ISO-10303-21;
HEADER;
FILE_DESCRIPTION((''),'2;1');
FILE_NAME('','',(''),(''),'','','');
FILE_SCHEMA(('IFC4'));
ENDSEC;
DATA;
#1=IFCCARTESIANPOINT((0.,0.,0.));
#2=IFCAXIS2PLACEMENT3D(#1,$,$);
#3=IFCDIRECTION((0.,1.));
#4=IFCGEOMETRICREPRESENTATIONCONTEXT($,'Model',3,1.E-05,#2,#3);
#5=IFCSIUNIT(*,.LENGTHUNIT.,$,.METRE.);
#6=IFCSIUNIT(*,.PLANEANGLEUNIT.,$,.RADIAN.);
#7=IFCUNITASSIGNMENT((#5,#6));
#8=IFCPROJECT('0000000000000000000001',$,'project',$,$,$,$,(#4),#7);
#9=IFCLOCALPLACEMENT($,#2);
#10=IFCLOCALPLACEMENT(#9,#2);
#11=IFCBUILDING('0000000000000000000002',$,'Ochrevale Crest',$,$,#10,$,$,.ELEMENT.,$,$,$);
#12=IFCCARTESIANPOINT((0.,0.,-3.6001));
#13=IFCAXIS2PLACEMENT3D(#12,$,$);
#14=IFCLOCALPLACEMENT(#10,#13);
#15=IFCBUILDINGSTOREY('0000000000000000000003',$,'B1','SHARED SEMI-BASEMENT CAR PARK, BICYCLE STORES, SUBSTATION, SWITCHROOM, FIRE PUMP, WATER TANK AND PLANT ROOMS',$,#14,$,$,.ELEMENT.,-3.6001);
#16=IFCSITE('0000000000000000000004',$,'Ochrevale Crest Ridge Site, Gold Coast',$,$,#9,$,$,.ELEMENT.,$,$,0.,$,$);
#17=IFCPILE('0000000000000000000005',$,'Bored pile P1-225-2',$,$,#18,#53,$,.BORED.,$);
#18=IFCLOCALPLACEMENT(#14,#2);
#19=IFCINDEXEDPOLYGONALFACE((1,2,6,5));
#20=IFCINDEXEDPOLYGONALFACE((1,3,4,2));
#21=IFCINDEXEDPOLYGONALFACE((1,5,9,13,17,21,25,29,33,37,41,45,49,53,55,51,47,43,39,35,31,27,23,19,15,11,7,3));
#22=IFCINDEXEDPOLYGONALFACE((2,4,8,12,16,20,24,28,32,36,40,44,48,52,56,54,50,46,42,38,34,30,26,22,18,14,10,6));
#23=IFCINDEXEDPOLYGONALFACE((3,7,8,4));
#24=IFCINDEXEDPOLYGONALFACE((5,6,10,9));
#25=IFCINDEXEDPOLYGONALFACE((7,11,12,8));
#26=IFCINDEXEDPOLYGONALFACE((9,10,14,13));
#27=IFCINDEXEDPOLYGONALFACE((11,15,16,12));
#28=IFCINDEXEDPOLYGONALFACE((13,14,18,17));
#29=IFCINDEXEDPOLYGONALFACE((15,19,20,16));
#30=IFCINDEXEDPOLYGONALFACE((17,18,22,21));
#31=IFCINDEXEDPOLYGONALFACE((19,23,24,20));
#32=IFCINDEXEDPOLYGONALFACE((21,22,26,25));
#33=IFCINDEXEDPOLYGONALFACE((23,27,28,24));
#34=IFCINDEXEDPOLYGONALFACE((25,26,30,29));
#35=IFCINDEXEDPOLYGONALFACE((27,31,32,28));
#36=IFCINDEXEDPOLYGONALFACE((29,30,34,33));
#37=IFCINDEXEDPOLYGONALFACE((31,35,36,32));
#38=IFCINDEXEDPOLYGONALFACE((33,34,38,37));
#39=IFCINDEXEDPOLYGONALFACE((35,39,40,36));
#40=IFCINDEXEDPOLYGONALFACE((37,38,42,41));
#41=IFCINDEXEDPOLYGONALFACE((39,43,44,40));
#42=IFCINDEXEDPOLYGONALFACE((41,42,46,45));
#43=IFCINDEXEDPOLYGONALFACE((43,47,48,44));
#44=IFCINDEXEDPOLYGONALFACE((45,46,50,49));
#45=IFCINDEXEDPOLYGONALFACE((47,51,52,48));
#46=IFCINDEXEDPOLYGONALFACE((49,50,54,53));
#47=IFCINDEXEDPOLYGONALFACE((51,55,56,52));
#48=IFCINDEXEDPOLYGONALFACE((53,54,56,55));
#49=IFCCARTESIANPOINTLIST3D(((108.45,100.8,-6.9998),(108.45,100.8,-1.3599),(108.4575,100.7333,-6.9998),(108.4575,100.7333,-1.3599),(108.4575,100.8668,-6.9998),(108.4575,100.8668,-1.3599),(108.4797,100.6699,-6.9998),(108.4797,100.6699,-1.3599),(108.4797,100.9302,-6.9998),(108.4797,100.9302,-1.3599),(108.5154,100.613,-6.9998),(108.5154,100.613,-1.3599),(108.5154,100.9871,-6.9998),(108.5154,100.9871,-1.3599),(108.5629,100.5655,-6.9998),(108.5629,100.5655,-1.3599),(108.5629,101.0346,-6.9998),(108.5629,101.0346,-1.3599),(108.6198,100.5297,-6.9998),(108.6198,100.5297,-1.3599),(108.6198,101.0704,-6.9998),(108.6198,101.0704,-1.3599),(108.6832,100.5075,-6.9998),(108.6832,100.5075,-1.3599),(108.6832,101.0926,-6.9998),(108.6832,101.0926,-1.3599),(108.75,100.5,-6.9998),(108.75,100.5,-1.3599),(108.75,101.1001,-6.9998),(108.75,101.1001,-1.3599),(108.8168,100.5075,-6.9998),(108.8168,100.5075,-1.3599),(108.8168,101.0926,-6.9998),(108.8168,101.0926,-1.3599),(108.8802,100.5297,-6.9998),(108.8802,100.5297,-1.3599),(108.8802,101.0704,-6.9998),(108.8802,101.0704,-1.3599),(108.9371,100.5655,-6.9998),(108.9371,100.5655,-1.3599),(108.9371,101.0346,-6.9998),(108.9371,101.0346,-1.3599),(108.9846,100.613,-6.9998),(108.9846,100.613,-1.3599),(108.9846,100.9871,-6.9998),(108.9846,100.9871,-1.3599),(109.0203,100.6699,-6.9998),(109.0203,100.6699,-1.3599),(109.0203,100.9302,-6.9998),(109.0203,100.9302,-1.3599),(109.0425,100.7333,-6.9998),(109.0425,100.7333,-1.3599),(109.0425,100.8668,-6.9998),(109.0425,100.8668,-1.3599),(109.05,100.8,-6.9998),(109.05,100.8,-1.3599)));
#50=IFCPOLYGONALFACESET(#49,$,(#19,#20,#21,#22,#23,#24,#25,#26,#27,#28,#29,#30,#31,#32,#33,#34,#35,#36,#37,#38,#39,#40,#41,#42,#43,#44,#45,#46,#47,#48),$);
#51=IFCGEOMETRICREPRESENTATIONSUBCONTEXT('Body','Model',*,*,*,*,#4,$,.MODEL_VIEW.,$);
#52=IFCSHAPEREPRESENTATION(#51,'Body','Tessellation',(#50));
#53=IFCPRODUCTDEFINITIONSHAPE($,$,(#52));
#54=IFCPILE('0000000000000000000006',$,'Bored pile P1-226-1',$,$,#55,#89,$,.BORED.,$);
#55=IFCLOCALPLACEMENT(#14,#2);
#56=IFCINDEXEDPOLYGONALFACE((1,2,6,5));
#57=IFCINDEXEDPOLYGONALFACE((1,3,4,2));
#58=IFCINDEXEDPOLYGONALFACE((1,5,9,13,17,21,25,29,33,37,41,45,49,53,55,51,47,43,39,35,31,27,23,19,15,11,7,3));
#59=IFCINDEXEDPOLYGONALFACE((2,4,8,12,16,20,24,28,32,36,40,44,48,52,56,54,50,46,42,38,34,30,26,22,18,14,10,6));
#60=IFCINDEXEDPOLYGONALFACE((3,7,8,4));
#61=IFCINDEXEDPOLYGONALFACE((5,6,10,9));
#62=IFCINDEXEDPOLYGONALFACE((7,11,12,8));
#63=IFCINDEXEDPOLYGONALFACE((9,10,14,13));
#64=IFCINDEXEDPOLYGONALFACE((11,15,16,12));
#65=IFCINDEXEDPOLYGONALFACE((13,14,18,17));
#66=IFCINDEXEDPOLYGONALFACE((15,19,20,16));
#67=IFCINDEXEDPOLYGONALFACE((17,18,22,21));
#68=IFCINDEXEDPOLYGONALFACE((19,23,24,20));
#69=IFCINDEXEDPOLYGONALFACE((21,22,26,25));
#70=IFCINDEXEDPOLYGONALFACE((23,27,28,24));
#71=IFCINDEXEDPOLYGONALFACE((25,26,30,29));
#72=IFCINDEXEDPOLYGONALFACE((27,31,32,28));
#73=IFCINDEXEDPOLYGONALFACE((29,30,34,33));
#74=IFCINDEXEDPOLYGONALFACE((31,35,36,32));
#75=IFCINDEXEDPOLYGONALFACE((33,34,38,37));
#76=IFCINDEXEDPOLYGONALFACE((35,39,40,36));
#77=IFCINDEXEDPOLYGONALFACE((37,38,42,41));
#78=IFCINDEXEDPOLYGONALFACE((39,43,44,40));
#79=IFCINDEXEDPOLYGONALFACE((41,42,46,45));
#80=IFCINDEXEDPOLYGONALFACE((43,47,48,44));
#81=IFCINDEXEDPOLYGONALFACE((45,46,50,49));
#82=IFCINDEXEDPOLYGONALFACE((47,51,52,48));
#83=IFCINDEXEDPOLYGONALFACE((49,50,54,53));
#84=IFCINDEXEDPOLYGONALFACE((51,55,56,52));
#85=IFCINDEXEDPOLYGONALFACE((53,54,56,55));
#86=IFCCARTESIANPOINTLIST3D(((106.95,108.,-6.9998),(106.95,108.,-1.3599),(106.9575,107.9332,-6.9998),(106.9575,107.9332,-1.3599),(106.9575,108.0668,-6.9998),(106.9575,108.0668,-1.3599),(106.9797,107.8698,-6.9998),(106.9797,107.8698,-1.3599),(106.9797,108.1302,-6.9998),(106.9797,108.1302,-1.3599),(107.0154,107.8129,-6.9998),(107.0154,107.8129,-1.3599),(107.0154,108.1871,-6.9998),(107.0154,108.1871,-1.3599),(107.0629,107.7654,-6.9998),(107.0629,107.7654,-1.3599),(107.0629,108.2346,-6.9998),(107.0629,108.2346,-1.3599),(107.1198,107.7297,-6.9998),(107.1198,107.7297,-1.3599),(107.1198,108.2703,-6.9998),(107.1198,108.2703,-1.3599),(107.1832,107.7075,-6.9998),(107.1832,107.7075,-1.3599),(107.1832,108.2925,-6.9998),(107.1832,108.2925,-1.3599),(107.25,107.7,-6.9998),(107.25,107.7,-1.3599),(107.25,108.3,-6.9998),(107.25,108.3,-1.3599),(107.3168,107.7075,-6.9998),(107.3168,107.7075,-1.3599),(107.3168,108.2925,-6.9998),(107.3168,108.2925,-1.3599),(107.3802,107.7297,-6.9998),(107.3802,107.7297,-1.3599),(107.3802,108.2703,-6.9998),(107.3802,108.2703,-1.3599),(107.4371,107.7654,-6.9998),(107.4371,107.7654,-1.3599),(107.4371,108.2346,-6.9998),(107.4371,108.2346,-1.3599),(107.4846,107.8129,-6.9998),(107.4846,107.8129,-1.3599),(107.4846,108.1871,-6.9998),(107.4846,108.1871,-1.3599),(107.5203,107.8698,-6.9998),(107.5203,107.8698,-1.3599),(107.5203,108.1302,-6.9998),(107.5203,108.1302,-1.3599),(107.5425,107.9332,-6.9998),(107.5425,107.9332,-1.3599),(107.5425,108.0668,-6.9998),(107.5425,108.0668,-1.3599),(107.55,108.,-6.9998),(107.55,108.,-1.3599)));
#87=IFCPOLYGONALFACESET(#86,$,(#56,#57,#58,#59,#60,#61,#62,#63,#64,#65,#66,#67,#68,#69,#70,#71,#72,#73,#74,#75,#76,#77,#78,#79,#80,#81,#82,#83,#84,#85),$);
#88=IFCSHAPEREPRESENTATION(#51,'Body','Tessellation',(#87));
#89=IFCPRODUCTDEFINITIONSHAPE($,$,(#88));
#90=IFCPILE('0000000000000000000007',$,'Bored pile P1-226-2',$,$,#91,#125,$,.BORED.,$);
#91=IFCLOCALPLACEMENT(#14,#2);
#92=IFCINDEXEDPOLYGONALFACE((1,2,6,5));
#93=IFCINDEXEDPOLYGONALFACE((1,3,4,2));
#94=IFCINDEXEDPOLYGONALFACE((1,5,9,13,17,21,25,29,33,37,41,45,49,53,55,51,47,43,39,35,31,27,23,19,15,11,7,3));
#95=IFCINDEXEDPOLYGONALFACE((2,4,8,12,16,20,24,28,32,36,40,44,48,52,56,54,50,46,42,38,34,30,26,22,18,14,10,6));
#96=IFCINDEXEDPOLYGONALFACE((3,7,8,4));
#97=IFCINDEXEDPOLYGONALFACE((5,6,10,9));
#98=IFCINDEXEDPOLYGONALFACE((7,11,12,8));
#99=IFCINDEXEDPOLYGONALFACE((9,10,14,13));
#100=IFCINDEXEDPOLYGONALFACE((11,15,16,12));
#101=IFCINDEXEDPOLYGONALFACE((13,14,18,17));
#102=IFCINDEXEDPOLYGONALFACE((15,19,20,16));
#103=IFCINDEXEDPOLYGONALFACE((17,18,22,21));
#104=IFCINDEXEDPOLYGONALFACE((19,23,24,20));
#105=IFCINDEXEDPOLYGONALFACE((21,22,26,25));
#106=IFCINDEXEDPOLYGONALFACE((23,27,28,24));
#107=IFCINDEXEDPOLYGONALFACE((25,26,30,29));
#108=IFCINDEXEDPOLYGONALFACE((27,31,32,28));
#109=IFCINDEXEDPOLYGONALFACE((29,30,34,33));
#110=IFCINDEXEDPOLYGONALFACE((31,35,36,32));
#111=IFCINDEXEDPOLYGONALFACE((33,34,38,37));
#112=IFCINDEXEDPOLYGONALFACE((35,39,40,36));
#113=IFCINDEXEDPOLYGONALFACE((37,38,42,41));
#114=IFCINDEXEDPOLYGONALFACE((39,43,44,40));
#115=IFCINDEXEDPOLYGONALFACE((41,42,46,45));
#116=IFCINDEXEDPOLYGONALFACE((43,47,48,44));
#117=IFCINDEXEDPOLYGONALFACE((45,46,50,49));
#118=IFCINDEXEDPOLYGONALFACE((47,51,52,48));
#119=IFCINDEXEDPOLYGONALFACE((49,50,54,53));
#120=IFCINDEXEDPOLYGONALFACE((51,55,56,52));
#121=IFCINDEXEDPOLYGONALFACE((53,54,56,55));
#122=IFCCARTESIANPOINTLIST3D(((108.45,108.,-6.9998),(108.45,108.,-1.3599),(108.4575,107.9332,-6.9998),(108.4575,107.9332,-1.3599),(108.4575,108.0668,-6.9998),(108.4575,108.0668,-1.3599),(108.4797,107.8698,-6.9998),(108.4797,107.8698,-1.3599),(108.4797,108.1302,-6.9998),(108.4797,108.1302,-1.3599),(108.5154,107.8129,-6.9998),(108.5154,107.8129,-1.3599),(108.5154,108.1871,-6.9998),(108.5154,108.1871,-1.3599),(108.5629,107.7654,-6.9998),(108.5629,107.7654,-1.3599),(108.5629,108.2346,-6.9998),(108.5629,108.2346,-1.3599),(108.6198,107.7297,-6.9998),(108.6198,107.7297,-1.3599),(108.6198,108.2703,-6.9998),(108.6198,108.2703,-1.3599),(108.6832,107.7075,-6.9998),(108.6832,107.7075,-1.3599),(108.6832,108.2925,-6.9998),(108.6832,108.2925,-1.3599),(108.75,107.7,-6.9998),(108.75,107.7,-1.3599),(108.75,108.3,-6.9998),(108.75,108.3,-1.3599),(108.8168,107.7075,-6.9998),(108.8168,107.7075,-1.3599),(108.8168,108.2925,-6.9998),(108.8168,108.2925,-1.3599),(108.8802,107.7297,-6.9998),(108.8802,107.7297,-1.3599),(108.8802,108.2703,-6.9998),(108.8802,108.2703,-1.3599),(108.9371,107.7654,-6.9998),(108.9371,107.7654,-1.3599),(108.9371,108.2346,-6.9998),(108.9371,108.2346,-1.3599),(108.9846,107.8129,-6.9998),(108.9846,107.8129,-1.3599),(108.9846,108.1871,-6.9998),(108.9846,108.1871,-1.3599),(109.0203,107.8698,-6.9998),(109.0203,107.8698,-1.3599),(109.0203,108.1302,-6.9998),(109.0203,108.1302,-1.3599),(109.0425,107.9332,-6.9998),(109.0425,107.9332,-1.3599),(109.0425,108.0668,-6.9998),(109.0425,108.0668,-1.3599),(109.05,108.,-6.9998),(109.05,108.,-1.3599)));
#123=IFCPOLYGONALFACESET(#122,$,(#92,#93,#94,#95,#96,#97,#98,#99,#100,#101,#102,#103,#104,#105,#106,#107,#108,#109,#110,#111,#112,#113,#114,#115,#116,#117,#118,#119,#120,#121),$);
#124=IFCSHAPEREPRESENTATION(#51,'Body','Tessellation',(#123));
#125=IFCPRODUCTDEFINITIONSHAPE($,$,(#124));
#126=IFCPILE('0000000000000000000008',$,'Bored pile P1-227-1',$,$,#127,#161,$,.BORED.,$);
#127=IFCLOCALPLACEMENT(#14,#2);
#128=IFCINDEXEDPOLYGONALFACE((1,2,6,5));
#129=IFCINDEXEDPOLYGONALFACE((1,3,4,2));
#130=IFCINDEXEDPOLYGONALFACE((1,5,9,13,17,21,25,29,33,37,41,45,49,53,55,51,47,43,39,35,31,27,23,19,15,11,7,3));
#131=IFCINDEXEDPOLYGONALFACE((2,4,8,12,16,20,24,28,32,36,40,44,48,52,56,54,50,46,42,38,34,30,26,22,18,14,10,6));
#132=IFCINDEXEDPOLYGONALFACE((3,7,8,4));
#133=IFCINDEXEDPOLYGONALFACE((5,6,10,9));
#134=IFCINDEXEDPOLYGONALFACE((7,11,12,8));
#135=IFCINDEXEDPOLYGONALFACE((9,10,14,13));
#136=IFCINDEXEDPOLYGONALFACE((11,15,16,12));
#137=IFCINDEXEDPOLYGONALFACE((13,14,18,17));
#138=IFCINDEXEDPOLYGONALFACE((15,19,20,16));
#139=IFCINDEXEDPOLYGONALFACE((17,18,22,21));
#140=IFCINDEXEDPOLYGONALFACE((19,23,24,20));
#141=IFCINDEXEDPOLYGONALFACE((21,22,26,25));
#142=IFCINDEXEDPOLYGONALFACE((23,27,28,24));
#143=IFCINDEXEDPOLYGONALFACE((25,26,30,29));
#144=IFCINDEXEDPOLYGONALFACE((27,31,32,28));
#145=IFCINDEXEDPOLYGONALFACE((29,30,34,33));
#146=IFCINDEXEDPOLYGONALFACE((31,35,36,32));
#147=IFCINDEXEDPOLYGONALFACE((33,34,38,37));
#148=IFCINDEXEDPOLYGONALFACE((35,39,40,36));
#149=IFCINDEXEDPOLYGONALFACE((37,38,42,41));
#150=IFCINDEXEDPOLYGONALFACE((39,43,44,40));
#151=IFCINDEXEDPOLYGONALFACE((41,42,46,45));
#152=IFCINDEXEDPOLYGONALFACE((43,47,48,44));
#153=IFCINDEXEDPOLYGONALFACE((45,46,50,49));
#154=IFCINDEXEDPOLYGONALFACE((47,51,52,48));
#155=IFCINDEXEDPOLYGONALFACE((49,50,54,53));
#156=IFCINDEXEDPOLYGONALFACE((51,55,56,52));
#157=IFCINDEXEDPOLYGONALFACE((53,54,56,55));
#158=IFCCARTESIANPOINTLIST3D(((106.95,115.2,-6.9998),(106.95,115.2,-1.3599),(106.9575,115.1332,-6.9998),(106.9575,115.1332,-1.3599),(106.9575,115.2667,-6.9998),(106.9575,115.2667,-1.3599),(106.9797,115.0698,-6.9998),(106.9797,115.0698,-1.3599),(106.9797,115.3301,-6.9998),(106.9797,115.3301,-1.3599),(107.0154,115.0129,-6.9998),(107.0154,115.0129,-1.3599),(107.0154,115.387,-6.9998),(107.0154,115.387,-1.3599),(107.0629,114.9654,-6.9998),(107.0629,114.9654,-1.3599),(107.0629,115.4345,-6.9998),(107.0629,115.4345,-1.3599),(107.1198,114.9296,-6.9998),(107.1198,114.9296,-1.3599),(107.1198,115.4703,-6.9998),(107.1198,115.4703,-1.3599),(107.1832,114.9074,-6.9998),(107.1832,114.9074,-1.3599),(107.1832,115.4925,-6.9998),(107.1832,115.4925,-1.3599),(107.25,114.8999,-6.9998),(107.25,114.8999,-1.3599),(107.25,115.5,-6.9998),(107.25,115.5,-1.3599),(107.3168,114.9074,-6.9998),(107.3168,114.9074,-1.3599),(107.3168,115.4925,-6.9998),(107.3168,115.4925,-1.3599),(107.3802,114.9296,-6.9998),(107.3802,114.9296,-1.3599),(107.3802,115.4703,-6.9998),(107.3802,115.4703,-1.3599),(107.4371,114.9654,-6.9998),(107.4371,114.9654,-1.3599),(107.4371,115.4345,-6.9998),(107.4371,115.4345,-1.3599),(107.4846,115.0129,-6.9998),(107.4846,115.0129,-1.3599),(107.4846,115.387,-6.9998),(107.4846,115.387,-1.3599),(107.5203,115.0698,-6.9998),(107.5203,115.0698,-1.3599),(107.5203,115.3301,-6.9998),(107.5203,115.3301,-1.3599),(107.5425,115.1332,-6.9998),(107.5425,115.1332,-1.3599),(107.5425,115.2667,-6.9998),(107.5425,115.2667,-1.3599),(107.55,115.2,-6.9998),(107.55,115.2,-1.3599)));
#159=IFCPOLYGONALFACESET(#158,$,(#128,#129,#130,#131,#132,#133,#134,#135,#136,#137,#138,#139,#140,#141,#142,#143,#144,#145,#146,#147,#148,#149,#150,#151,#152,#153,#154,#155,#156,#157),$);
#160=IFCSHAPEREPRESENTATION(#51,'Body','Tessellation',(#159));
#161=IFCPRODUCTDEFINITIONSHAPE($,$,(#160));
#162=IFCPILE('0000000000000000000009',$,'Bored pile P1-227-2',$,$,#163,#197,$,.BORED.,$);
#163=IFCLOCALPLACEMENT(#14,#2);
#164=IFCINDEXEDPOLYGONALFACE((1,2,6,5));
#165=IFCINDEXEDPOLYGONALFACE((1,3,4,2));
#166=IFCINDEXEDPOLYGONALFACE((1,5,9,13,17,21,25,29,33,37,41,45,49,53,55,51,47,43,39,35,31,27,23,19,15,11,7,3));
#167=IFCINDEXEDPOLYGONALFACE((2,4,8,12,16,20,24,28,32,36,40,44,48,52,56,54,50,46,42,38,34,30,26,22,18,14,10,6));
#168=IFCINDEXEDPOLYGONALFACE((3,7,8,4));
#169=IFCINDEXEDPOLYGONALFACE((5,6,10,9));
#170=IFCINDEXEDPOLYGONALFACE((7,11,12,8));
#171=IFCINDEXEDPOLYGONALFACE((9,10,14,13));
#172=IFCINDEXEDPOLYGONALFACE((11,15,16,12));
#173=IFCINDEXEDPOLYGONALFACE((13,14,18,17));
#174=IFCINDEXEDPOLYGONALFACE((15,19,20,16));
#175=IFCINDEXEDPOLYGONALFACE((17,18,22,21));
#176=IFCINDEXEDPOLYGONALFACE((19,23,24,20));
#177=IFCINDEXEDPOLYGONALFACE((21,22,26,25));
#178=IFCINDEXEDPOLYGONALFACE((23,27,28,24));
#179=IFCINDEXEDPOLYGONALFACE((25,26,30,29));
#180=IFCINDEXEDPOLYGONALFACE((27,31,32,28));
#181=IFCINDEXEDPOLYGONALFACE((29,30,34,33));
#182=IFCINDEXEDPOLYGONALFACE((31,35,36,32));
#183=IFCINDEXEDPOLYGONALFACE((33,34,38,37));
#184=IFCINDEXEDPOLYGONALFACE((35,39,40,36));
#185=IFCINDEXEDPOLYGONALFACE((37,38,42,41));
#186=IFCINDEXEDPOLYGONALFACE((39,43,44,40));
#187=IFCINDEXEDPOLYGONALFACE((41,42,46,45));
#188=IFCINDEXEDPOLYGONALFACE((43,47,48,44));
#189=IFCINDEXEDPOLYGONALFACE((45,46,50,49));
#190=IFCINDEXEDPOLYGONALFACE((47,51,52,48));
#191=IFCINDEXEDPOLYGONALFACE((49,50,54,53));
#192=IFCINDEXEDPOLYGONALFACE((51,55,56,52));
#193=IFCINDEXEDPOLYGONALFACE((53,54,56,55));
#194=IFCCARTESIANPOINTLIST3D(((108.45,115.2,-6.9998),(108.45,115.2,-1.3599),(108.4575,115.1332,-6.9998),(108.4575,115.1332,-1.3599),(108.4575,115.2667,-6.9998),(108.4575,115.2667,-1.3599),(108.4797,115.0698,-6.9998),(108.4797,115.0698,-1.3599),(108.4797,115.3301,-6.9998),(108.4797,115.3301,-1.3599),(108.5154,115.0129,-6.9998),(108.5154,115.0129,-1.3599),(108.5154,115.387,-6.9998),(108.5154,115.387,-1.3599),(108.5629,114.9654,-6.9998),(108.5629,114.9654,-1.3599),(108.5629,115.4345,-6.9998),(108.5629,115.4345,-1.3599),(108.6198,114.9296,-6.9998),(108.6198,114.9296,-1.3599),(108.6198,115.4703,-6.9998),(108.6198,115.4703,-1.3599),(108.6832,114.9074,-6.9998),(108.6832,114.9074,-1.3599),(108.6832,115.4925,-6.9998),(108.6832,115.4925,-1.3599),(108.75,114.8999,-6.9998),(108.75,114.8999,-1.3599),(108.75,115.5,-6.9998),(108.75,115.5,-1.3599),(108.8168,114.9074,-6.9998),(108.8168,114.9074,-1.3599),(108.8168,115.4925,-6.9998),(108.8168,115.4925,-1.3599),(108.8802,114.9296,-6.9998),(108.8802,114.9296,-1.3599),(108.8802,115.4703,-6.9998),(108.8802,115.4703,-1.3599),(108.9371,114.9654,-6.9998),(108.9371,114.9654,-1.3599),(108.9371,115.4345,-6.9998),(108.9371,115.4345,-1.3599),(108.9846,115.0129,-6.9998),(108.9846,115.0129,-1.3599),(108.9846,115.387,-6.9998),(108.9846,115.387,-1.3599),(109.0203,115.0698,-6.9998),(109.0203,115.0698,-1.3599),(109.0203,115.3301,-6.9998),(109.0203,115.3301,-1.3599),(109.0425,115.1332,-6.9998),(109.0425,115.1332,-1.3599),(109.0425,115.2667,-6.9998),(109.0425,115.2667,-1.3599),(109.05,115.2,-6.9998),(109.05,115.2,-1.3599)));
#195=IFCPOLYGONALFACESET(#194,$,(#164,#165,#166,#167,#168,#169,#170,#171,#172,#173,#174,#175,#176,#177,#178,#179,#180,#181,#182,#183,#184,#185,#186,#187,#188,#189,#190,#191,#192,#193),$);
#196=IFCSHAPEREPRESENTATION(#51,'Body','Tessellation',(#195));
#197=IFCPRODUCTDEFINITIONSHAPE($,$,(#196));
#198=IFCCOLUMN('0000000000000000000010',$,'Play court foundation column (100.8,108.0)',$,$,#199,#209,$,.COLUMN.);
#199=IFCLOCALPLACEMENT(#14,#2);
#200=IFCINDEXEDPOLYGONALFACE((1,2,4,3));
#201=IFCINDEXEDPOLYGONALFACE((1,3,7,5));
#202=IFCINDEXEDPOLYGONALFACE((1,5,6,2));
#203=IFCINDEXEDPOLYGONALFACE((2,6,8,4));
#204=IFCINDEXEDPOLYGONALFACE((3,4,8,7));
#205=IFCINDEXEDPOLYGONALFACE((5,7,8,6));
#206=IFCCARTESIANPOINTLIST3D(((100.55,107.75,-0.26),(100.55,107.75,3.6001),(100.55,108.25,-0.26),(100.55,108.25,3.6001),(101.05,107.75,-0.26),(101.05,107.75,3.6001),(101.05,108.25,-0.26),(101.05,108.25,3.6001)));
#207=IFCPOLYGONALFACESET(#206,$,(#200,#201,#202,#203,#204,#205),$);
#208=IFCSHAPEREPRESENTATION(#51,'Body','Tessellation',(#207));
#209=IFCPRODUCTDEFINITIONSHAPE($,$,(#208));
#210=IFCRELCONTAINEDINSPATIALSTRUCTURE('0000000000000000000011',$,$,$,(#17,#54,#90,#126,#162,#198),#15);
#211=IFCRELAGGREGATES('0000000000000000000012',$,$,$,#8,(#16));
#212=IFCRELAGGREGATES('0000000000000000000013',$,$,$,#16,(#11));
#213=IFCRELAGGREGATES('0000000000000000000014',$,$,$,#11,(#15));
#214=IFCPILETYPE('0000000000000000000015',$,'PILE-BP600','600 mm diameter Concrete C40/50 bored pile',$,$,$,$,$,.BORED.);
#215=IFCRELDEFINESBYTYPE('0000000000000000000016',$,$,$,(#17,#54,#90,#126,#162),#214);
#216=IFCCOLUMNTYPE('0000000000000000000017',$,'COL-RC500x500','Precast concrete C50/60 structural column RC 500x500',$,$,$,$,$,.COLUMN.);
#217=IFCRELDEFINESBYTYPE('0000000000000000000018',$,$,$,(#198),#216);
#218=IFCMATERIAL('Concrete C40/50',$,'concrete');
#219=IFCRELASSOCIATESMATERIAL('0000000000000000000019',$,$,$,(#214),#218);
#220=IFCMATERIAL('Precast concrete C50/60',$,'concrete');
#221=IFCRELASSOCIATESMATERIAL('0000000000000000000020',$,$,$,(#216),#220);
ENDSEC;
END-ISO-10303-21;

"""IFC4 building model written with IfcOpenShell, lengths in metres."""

from ifc_helpers import new_model, si_unit, direction, frame, origin, origin_2d, place, context, subcontext, project, spatial, rectangle, circle, extrude, material, material_profile, profile_set, type_object, element, save


model = new_model("IFC4")

# Units and contexts
model_context = context("Model", 3, precision=1e-05, world=origin(), true_north=direction((0.0, 1.0)))
body_context = subcontext(model_context, "Body", "Model", "MODEL_VIEW")
ifc_project = project(units=[si_unit("LENGTHUNIT", "METRE"), si_unit("PLANEANGLEUNIT", "RADIAN")], contexts=[model_context])

# Site, building, storey
site_placement = place(None, origin())
site = spatial("IfcSite", under=ifc_project, at=site_placement, Name="Ochrevale Crest Ridge Site, Gold Coast", CompositionType="ELEMENT", RefElevation=0.0)
building_placement = place(site_placement, origin())
building = spatial("IfcBuilding", under=site, at=building_placement, Name="Ochrevale Crest", CompositionType="ELEMENT")
storey_placement = place(building_placement, frame((0.0, 0.0, -3.6001)))
storey = spatial("IfcBuildingStorey", under=building, at=storey_placement, Name="B1", Description="SHARED SEMI-BASEMENT CAR PARK, BICYCLE STORES, SUBSTATION, SWITCHROOM, FIRE PUMP, WATER TANK AND PLANT ROOMS", CompositionType="ELEMENT", Elevation=-3.6001)

# Shared definitions
ifc_material_1 = material(Name="Concrete C40/50", Category="concrete")

# Piles
ifc_material_profile_1 = material_profile(ifc_material_1, circle(Radius=0.3, at=origin_2d()), Name="BORED PILE 600")
ifc_profile_set_1 = profile_set([ifc_material_profile_1], Name="Concrete C40/50")
pile_type = type_object("IfcPileType", Name="PILE-BP600", Description="600 mm diameter Concrete C40/50 bored pile", PredefinedType="BORED", material=ifc_profile_set_1)
for number, where, z_axis, x_axis, name in (
    (1, (108.75, 100.8, -1.3599), (0.0, 0.0, -1.0), (1.0, 0.0, 0.0), "Bored pile P1-225-2"),
    (2, (107.25, 108.0, -1.3599), (0.0, 0.0, -1.0), (1.0, 0.0, 0.0), "Bored pile P1-226-1"),
    (3, (108.75, 108.0, -1.3599), (0.0, 0.0, -1.0), (1.0, 0.0, 0.0), "Bored pile P1-226-2"),
    (4, (107.25, 115.2, -1.3599), (0.0, 0.0, -1.0), (1.0, 0.0, 0.0), "Bored pile P1-227-1"),
    (5, (108.75, 115.2, -1.3599), (0.0, 0.0, -1.0), (1.0, 0.0, 0.0), "Bored pile P1-227-2"),
):
    element("IfcPile", number, at=place(storey_placement, frame(where, z_axis=z_axis, x_axis=x_axis)), inside=storey, type_object=pile_type, Name=name, PredefinedType="BORED", context=body_context, shape_type="SweptSolid", body=[
        extrude(circle(Radius=0.3, at=origin_2d()), origin(), (0.0, 0.0, 1.0), 5.6399),
    ])

# Column
ifc_material_2 = material(Name="Precast concrete C50/60", Category="concrete")
ifc_material_profile_2 = material_profile(ifc_material_2, rectangle(XDim=0.5, YDim=0.5, at=origin_2d()), Name="RC 500x500")
ifc_profile_set_2 = profile_set([ifc_material_profile_2], Name="Precast concrete C50/60")
column_type = type_object("IfcColumnType", Name="COL-RC500x500", Description="Precast concrete C50/60 structural column RC 500x500", PredefinedType="COLUMN", material=ifc_profile_set_2)
for number, where, z_axis, x_axis, name in (
    (6, (100.8, 108.0, -0.26), (0.0, 0.0, 1.0), (1.0, 0.0, 0.0), "Play court foundation column (100.8,108.0)"),
):
    element("IfcColumn", number, at=place(storey_placement, frame(where, z_axis=z_axis, x_axis=x_axis)), inside=storey, type_object=column_type, Name=name, PredefinedType="COLUMN", context=body_context, shape_type="SweptSolid", body=[
        extrude(rectangle(XDim=0.5, YDim=0.5, at=origin_2d()), origin(), (0.0, 0.0, 1.0), 3.8601),
    ])

save(model, "model.ifc")
